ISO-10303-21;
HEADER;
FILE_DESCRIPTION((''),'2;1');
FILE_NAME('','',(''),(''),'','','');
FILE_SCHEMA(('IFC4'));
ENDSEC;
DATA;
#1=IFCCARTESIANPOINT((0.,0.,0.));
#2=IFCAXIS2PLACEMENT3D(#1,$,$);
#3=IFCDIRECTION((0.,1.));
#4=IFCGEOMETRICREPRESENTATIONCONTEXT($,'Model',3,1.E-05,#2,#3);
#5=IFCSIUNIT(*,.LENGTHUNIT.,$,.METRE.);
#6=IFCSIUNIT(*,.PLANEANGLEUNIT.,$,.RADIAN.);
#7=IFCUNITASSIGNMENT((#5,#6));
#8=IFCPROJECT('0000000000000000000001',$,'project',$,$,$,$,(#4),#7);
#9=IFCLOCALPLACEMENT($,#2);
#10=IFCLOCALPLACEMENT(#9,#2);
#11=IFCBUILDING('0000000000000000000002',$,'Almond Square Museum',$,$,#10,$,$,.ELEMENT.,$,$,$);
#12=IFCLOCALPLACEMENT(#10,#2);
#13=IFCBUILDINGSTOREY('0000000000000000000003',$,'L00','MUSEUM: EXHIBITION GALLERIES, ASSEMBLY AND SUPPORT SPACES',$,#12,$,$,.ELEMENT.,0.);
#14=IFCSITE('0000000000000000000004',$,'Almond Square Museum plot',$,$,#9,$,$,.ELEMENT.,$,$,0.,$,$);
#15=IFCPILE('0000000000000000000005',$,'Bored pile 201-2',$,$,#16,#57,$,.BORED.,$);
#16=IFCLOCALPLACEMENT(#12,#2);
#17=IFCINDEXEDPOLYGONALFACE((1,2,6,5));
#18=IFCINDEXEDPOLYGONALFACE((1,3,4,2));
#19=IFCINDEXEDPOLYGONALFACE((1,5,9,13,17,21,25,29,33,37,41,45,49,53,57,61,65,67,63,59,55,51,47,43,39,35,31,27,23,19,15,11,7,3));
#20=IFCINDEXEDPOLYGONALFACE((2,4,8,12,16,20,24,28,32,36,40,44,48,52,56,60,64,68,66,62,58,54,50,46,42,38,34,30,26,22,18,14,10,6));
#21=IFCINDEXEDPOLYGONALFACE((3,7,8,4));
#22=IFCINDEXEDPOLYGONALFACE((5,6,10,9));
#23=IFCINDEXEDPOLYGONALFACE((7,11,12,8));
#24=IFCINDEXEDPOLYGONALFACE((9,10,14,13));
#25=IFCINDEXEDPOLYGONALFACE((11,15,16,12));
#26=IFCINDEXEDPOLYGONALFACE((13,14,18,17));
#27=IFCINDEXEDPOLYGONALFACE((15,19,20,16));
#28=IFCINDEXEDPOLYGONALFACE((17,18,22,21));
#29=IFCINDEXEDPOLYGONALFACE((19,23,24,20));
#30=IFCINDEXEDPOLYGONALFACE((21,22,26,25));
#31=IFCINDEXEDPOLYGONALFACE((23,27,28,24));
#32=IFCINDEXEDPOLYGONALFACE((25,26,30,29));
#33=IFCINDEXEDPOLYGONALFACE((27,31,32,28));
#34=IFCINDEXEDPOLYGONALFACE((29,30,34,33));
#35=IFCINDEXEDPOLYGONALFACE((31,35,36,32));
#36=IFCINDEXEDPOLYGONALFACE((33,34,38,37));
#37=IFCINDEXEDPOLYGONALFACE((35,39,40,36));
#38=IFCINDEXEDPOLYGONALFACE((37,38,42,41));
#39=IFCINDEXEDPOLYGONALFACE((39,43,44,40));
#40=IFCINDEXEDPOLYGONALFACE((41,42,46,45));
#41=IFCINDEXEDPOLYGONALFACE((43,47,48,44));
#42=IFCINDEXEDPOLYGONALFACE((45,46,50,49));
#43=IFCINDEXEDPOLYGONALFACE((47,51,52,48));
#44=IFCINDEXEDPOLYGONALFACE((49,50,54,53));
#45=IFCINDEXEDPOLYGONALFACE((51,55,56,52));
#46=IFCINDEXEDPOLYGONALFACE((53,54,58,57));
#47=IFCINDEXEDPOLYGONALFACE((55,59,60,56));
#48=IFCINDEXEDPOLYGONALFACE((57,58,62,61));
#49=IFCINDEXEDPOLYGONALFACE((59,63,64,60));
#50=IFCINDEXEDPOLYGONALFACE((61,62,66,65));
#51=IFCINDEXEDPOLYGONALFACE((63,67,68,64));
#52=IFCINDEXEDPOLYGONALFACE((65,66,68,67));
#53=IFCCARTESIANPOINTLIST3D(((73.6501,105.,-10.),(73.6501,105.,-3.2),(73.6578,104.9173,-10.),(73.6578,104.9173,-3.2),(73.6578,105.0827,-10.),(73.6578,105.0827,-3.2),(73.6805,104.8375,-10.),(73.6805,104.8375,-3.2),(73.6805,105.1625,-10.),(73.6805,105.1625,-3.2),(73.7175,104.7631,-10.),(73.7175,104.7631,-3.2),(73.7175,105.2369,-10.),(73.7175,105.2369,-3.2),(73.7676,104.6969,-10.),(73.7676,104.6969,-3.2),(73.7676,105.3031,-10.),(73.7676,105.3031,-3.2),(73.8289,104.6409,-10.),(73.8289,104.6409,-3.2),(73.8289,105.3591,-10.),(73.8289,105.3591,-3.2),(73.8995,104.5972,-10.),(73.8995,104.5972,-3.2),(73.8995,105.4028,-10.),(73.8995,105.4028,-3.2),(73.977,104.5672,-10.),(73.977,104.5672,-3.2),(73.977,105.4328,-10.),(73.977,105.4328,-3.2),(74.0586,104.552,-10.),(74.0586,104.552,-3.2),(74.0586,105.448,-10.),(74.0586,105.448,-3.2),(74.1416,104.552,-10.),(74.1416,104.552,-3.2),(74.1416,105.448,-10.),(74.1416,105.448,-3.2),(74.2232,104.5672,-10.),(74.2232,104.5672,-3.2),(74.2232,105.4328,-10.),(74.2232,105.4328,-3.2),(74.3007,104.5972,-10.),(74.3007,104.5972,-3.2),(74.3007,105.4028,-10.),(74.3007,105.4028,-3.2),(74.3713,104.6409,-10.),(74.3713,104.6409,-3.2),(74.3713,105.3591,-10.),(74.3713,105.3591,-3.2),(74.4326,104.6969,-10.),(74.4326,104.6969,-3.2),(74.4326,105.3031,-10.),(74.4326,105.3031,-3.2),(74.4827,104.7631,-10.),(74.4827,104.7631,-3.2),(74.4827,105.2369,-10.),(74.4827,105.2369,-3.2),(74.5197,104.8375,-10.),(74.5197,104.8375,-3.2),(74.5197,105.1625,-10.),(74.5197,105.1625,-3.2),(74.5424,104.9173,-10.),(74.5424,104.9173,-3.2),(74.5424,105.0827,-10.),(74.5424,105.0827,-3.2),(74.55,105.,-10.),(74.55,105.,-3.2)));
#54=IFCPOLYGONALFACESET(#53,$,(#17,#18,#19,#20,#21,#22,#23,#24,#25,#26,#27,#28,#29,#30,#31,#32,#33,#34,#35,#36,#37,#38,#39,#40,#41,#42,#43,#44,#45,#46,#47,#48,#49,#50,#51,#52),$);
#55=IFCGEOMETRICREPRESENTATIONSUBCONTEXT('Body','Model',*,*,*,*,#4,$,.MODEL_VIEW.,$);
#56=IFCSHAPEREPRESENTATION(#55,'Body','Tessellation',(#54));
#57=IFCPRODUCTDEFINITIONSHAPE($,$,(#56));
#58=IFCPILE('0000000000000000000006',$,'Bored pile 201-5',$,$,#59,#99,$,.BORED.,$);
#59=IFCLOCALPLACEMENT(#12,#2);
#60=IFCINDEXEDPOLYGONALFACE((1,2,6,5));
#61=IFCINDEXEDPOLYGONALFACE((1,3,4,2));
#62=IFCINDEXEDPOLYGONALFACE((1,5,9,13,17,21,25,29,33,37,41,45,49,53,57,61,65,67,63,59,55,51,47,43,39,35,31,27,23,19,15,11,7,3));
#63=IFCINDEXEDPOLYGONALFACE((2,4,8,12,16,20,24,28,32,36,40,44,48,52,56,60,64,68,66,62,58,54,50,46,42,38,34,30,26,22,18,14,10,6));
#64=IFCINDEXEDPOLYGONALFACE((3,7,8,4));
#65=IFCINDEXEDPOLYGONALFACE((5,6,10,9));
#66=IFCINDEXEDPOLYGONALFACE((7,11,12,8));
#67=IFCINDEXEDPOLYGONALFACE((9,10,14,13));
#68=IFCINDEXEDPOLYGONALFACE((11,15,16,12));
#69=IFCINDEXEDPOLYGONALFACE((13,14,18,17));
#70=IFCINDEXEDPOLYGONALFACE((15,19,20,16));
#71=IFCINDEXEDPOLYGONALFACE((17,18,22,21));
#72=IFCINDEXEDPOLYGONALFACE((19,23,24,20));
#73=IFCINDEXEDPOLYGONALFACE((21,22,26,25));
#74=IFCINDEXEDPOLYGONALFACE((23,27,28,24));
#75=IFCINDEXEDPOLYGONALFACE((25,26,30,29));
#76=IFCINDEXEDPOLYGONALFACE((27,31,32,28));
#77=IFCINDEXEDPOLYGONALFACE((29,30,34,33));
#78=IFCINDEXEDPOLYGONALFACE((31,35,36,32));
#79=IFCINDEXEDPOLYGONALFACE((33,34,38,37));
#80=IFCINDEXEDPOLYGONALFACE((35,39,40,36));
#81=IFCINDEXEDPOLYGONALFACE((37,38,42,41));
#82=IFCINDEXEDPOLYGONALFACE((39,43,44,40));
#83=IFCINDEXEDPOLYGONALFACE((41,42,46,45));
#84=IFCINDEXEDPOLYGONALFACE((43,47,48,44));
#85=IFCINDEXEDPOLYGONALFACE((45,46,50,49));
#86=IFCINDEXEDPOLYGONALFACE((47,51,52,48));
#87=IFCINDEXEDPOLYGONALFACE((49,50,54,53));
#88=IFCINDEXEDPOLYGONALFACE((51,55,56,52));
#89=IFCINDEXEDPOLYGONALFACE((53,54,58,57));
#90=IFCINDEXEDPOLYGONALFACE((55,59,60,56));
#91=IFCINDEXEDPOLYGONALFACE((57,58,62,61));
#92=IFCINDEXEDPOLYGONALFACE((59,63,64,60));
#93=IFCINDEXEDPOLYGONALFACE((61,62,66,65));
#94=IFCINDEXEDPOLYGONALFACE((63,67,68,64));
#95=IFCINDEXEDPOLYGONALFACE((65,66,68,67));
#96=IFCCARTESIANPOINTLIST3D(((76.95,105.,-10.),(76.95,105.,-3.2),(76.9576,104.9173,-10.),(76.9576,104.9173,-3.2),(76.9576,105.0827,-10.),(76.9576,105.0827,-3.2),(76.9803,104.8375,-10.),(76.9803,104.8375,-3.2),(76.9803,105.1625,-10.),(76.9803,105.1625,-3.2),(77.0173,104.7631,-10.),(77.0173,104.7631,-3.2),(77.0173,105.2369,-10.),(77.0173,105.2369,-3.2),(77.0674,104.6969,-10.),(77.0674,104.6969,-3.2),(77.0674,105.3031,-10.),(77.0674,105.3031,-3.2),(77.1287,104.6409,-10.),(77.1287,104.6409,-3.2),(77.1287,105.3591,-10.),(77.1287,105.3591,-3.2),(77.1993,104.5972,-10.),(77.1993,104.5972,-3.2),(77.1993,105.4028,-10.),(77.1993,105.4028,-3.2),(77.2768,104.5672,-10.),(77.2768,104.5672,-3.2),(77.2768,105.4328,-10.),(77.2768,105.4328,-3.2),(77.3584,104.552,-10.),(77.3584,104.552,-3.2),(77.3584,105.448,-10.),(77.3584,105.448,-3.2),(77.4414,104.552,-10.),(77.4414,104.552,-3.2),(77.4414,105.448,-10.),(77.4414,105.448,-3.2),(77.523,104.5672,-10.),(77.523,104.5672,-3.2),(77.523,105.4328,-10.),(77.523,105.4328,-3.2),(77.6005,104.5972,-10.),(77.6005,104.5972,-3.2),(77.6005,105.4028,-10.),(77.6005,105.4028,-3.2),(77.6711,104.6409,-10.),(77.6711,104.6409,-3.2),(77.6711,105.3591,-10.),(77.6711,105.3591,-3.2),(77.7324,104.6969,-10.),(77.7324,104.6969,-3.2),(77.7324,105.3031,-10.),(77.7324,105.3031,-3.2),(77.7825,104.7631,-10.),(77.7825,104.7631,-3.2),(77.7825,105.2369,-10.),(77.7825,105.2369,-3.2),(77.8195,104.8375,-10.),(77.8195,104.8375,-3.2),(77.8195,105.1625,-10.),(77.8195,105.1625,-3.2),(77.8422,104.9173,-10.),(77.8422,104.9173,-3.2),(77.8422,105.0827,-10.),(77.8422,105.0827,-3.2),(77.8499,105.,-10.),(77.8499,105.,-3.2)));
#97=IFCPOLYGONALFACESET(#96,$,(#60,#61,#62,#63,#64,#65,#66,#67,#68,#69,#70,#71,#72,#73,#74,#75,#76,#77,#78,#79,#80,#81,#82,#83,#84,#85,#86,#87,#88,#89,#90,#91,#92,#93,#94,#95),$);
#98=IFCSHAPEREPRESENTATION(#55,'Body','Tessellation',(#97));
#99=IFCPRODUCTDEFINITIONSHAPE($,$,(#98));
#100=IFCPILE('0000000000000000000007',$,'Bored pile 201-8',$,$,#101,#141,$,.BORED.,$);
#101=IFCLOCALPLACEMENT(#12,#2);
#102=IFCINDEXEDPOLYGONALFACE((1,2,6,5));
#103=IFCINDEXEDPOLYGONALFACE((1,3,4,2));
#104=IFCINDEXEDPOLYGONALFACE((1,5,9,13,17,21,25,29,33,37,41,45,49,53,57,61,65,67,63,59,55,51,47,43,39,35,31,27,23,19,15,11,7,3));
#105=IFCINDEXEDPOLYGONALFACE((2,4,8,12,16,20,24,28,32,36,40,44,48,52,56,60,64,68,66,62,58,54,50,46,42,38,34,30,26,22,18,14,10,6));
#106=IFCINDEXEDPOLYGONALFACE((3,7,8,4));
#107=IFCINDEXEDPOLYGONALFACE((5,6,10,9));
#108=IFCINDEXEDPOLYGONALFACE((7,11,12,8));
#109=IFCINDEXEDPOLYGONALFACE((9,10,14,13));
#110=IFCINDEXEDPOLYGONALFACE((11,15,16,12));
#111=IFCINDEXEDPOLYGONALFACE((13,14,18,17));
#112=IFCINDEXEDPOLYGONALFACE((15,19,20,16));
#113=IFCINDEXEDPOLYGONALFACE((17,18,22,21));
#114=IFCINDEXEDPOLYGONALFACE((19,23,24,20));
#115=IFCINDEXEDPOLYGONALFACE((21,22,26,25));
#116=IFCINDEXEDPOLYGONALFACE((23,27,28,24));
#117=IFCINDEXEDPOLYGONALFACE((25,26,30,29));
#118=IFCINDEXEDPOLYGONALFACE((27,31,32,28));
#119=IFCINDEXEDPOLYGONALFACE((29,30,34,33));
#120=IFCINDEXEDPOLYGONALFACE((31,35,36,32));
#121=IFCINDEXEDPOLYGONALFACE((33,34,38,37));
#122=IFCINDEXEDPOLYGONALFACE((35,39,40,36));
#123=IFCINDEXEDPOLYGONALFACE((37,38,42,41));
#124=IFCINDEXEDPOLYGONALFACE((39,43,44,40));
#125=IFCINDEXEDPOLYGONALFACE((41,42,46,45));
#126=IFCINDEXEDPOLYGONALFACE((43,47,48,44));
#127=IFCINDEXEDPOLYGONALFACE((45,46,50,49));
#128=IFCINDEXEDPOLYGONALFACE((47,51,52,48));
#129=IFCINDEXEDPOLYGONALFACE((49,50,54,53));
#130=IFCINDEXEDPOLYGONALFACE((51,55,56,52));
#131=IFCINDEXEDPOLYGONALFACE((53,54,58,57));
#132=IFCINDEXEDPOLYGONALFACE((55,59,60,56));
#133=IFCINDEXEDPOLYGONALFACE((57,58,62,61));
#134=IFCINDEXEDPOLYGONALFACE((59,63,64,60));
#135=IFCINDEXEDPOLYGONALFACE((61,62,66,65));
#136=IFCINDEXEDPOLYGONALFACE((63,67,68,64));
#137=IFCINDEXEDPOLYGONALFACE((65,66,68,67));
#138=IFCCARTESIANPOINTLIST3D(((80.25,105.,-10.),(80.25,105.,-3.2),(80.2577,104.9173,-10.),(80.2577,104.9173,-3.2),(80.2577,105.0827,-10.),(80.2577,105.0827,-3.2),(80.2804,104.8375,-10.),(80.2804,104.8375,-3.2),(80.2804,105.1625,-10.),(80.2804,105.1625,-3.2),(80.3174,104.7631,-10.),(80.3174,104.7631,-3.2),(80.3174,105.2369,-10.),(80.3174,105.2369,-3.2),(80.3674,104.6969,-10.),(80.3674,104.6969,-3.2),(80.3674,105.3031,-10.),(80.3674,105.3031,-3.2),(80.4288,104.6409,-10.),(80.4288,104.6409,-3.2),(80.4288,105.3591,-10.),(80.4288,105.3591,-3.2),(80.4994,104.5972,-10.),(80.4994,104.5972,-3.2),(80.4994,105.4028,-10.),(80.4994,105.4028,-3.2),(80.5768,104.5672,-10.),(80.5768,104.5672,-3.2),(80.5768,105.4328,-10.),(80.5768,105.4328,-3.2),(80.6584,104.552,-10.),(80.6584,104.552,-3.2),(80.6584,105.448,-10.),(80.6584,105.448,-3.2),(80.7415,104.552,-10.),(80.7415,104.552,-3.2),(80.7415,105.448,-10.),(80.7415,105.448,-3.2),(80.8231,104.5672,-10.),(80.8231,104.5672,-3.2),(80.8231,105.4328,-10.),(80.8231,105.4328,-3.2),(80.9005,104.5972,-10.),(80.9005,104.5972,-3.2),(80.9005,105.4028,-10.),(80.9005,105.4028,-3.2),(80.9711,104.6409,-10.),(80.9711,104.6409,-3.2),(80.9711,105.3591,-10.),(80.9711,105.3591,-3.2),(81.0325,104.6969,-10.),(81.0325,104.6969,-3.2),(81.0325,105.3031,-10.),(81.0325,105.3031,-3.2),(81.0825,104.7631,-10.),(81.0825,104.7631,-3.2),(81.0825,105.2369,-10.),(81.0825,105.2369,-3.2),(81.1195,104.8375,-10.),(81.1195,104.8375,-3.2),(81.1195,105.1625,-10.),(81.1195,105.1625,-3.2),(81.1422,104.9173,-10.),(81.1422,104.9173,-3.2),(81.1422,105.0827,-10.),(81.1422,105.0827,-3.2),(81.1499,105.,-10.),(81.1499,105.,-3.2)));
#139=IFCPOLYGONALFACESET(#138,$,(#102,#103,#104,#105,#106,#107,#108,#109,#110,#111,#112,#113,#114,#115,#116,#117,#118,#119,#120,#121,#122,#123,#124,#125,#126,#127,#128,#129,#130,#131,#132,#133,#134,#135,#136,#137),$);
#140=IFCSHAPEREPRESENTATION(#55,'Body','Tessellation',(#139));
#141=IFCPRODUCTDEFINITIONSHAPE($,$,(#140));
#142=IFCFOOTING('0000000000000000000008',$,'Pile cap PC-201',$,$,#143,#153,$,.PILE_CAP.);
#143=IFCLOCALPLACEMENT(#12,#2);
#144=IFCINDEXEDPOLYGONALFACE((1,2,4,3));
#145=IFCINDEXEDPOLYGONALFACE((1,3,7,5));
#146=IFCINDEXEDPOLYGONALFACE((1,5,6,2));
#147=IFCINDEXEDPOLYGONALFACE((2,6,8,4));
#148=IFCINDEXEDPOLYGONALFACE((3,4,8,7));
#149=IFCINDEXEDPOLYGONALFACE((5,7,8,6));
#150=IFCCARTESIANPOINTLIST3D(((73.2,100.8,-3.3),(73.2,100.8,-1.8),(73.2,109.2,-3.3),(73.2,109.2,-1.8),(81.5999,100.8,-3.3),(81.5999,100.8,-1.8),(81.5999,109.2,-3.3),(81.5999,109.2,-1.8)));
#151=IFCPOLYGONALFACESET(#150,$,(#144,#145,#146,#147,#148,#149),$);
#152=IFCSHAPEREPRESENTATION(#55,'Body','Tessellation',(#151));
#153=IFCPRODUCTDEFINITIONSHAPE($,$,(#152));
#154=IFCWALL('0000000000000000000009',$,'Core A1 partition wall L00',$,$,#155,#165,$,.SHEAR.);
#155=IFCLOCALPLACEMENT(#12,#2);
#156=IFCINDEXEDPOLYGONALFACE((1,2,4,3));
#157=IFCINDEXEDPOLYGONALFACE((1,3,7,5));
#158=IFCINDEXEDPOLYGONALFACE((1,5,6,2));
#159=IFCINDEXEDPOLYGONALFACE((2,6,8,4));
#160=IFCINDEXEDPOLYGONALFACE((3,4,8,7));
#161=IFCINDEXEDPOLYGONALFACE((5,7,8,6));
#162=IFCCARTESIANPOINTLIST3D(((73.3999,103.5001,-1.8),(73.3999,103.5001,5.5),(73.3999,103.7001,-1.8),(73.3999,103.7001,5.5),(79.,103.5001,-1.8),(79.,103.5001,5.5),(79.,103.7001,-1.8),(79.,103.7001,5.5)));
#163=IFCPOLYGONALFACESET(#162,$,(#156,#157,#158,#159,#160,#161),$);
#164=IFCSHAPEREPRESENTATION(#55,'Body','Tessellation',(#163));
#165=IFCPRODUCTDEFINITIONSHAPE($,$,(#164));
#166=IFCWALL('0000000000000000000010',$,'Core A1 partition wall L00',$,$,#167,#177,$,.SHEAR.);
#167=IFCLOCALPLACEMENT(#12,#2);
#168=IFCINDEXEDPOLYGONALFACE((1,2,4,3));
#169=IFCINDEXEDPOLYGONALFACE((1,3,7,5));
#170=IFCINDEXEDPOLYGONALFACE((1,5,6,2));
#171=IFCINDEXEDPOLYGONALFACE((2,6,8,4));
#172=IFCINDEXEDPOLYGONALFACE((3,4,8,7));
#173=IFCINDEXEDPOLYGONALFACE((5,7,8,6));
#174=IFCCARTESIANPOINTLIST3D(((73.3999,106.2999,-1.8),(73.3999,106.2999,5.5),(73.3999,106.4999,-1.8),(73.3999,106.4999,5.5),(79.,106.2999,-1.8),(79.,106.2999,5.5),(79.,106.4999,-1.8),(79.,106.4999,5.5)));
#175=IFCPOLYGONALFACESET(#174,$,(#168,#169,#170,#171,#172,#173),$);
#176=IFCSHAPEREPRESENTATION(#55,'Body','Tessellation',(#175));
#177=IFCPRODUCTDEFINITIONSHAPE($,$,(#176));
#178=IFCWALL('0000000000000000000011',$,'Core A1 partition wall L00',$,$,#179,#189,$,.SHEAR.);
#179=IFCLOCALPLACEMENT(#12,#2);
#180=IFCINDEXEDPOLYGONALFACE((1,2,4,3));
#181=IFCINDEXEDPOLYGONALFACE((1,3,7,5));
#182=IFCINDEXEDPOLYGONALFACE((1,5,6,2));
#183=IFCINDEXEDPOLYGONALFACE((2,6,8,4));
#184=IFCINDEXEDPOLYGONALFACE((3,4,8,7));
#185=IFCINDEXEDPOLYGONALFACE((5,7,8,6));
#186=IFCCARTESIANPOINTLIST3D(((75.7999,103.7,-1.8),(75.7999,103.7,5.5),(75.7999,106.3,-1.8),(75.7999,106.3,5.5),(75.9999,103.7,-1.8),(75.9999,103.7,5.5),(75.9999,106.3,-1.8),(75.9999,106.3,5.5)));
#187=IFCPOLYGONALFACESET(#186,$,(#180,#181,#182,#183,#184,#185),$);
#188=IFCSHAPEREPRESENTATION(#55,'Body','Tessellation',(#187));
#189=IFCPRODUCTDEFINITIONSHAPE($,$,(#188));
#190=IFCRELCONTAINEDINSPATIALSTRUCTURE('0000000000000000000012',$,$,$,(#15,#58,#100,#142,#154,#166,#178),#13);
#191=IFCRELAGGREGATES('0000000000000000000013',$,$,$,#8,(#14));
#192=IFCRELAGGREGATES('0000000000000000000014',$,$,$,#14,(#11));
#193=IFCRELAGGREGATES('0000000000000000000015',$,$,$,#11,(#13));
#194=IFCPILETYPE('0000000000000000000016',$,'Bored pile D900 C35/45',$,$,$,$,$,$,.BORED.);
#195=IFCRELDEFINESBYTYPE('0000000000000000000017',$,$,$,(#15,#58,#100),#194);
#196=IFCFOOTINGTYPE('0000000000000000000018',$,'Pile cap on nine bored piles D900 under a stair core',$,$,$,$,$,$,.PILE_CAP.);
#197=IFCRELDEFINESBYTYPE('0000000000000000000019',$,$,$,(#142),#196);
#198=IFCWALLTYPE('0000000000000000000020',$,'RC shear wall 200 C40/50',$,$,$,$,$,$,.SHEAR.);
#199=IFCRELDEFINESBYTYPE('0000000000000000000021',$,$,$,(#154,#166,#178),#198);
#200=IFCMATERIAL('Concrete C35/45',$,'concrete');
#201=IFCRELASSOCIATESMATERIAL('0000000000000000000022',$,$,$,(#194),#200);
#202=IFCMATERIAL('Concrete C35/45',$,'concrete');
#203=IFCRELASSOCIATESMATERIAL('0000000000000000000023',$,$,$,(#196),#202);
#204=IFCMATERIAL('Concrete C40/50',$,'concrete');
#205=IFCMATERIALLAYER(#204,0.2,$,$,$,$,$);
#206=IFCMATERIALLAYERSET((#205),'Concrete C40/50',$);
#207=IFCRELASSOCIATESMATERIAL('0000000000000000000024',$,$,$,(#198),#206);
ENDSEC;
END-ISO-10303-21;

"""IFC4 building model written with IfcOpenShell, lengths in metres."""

from ifc_helpers import new_model, si_unit, direction, frame, frame_2d, origin, origin_2d, place, context, subcontext, project, spatial, rectangle, circle, extrude, material, layer, layer_set, material_profile, profile_set, type_object, element, save


model = new_model("IFC4")

# Units and contexts
model_context = context("Model", 3, precision=1e-05, world=origin(), true_north=direction((0.0, 1.0)))
body_context = subcontext(model_context, "Body", "Model", "MODEL_VIEW")
ifc_project = project(units=[si_unit("LENGTHUNIT", "METRE"), si_unit("PLANEANGLEUNIT", "RADIAN")], contexts=[model_context])

# Site, building, storey
site_placement = place(None, origin())
site = spatial("IfcSite", under=ifc_project, at=site_placement, Name="Almond Square Museum plot", CompositionType="ELEMENT", RefElevation=0.0)
building_placement = place(site_placement, origin())
building = spatial("IfcBuilding", under=site, at=building_placement, Name="Almond Square Museum", CompositionType="ELEMENT")
storey_placement = place(building_placement, origin())
storey = spatial("IfcBuildingStorey", under=building, at=storey_placement, Name="L00", Description="MUSEUM: EXHIBITION GALLERIES, ASSEMBLY AND SUPPORT SPACES", CompositionType="ELEMENT", Elevation=0.0)

# Piles
ifc_material_1 = material(Name="Concrete C35/45", Category="concrete")
ifc_material_profile = material_profile(ifc_material_1, circle(Radius=0.45, at=origin_2d()))
ifc_profile_set = profile_set([ifc_material_profile], Name="Concrete C35/45")
pile_type = type_object("IfcPileType", Name="Bored pile D900 C35/45", PredefinedType="BORED", material=ifc_profile_set)
for number, where, z_axis, x_axis, name in (
    (1, (74.1001, 105.0, -3.2), (0.0, 0.0, -1.0), (1.0, 0.0, 0.0), "Bored pile 201-2"),
    (2, (77.3999, 105.0, -3.2), (0.0, 0.0, -1.0), (1.0, 0.0, 0.0), "Bored pile 201-5"),
    (3, (80.7, 105.0, -3.2), (0.0, 0.0, -1.0), (1.0, 0.0, 0.0), "Bored pile 201-8"),
):
    element("IfcPile", number, at=place(storey_placement, frame(where, z_axis=z_axis, x_axis=x_axis)), inside=storey, type_object=pile_type, Name=name, PredefinedType="BORED", context=body_context, shape_type="SweptSolid", body=[
        extrude(circle(Radius=0.45, at=origin_2d()), origin(), (0.0, 0.0, 1.0), 6.8),
    ])

# Footing
ifc_material_2 = material(Name="Concrete C35/45", Category="concrete")
footing_type = type_object("IfcFootingType", Name="Pile cap on nine bored piles D900 under a stair core", PredefinedType="PILE_CAP", material=ifc_material_2)
footing_placement = place(storey_placement, frame((77.3999, 105.0, -3.3), z_axis=(0.0, 0.0, 1.0), x_axis=(1.0, 0.0, 0.0)))
element("IfcFooting", 4, at=footing_placement, inside=storey, type_object=footing_type, Name="Pile cap PC-201", PredefinedType="PILE_CAP", context=body_context, shape_type="SweptSolid", body=[
    extrude(rectangle(XDim=8.3999, YDim=8.3999, at=origin_2d()), origin(), (0.0, 0.0, 1.0), 1.5),
])

# Walls
ifc_material_3 = material(Name="Concrete C40/50", Category="concrete")
ifc_layer = layer(ifc_material_3, 0.2)
ifc_layer_set = layer_set([ifc_layer], Name="Concrete C40/50")
wall_type = type_object("IfcWallType", Name="RC shear wall 200 C40/50", PredefinedType="SHEAR", material=ifc_layer_set)
for number, where, z_axis, x_axis, name in (
    (5, (73.3999, 103.6001, -1.8), (0.0, 0.0, 1.0), (1.0, 0.0, 0.0), "Core A1 partition wall L00"),
    (6, (73.3999, 106.3999, -1.8), (0.0, 0.0, 1.0), (1.0, 0.0, 0.0), "Core A1 partition wall L00"),
):
    element("IfcWall", number, at=place(storey_placement, frame(where, z_axis=z_axis, x_axis=x_axis)), inside=storey, type_object=wall_type, Name=name, PredefinedType="SHEAR", context=body_context, shape_type="SweptSolid", body=[
        extrude(rectangle(XDim=5.6001, YDim=0.2, at=frame_2d((2.8, 0.0))), origin(), (0.0, 0.0, 1.0), 7.3),
    ])
wall_placement = place(storey_placement, frame((75.8999, 103.7, -1.8), z_axis=(0.0, 0.0, 1.0), x_axis=(0.0, 1.0, 0.0)))
element("IfcWall", 7, at=wall_placement, inside=storey, type_object=wall_type, Name="Core A1 partition wall L00", PredefinedType="SHEAR", context=body_context, shape_type="SweptSolid", body=[
    extrude(rectangle(XDim=2.6001, YDim=0.2, at=frame_2d((1.3, 0.0))), origin(), (0.0, 0.0, 1.0), 7.3),
])

save(model, "model.ifc")
